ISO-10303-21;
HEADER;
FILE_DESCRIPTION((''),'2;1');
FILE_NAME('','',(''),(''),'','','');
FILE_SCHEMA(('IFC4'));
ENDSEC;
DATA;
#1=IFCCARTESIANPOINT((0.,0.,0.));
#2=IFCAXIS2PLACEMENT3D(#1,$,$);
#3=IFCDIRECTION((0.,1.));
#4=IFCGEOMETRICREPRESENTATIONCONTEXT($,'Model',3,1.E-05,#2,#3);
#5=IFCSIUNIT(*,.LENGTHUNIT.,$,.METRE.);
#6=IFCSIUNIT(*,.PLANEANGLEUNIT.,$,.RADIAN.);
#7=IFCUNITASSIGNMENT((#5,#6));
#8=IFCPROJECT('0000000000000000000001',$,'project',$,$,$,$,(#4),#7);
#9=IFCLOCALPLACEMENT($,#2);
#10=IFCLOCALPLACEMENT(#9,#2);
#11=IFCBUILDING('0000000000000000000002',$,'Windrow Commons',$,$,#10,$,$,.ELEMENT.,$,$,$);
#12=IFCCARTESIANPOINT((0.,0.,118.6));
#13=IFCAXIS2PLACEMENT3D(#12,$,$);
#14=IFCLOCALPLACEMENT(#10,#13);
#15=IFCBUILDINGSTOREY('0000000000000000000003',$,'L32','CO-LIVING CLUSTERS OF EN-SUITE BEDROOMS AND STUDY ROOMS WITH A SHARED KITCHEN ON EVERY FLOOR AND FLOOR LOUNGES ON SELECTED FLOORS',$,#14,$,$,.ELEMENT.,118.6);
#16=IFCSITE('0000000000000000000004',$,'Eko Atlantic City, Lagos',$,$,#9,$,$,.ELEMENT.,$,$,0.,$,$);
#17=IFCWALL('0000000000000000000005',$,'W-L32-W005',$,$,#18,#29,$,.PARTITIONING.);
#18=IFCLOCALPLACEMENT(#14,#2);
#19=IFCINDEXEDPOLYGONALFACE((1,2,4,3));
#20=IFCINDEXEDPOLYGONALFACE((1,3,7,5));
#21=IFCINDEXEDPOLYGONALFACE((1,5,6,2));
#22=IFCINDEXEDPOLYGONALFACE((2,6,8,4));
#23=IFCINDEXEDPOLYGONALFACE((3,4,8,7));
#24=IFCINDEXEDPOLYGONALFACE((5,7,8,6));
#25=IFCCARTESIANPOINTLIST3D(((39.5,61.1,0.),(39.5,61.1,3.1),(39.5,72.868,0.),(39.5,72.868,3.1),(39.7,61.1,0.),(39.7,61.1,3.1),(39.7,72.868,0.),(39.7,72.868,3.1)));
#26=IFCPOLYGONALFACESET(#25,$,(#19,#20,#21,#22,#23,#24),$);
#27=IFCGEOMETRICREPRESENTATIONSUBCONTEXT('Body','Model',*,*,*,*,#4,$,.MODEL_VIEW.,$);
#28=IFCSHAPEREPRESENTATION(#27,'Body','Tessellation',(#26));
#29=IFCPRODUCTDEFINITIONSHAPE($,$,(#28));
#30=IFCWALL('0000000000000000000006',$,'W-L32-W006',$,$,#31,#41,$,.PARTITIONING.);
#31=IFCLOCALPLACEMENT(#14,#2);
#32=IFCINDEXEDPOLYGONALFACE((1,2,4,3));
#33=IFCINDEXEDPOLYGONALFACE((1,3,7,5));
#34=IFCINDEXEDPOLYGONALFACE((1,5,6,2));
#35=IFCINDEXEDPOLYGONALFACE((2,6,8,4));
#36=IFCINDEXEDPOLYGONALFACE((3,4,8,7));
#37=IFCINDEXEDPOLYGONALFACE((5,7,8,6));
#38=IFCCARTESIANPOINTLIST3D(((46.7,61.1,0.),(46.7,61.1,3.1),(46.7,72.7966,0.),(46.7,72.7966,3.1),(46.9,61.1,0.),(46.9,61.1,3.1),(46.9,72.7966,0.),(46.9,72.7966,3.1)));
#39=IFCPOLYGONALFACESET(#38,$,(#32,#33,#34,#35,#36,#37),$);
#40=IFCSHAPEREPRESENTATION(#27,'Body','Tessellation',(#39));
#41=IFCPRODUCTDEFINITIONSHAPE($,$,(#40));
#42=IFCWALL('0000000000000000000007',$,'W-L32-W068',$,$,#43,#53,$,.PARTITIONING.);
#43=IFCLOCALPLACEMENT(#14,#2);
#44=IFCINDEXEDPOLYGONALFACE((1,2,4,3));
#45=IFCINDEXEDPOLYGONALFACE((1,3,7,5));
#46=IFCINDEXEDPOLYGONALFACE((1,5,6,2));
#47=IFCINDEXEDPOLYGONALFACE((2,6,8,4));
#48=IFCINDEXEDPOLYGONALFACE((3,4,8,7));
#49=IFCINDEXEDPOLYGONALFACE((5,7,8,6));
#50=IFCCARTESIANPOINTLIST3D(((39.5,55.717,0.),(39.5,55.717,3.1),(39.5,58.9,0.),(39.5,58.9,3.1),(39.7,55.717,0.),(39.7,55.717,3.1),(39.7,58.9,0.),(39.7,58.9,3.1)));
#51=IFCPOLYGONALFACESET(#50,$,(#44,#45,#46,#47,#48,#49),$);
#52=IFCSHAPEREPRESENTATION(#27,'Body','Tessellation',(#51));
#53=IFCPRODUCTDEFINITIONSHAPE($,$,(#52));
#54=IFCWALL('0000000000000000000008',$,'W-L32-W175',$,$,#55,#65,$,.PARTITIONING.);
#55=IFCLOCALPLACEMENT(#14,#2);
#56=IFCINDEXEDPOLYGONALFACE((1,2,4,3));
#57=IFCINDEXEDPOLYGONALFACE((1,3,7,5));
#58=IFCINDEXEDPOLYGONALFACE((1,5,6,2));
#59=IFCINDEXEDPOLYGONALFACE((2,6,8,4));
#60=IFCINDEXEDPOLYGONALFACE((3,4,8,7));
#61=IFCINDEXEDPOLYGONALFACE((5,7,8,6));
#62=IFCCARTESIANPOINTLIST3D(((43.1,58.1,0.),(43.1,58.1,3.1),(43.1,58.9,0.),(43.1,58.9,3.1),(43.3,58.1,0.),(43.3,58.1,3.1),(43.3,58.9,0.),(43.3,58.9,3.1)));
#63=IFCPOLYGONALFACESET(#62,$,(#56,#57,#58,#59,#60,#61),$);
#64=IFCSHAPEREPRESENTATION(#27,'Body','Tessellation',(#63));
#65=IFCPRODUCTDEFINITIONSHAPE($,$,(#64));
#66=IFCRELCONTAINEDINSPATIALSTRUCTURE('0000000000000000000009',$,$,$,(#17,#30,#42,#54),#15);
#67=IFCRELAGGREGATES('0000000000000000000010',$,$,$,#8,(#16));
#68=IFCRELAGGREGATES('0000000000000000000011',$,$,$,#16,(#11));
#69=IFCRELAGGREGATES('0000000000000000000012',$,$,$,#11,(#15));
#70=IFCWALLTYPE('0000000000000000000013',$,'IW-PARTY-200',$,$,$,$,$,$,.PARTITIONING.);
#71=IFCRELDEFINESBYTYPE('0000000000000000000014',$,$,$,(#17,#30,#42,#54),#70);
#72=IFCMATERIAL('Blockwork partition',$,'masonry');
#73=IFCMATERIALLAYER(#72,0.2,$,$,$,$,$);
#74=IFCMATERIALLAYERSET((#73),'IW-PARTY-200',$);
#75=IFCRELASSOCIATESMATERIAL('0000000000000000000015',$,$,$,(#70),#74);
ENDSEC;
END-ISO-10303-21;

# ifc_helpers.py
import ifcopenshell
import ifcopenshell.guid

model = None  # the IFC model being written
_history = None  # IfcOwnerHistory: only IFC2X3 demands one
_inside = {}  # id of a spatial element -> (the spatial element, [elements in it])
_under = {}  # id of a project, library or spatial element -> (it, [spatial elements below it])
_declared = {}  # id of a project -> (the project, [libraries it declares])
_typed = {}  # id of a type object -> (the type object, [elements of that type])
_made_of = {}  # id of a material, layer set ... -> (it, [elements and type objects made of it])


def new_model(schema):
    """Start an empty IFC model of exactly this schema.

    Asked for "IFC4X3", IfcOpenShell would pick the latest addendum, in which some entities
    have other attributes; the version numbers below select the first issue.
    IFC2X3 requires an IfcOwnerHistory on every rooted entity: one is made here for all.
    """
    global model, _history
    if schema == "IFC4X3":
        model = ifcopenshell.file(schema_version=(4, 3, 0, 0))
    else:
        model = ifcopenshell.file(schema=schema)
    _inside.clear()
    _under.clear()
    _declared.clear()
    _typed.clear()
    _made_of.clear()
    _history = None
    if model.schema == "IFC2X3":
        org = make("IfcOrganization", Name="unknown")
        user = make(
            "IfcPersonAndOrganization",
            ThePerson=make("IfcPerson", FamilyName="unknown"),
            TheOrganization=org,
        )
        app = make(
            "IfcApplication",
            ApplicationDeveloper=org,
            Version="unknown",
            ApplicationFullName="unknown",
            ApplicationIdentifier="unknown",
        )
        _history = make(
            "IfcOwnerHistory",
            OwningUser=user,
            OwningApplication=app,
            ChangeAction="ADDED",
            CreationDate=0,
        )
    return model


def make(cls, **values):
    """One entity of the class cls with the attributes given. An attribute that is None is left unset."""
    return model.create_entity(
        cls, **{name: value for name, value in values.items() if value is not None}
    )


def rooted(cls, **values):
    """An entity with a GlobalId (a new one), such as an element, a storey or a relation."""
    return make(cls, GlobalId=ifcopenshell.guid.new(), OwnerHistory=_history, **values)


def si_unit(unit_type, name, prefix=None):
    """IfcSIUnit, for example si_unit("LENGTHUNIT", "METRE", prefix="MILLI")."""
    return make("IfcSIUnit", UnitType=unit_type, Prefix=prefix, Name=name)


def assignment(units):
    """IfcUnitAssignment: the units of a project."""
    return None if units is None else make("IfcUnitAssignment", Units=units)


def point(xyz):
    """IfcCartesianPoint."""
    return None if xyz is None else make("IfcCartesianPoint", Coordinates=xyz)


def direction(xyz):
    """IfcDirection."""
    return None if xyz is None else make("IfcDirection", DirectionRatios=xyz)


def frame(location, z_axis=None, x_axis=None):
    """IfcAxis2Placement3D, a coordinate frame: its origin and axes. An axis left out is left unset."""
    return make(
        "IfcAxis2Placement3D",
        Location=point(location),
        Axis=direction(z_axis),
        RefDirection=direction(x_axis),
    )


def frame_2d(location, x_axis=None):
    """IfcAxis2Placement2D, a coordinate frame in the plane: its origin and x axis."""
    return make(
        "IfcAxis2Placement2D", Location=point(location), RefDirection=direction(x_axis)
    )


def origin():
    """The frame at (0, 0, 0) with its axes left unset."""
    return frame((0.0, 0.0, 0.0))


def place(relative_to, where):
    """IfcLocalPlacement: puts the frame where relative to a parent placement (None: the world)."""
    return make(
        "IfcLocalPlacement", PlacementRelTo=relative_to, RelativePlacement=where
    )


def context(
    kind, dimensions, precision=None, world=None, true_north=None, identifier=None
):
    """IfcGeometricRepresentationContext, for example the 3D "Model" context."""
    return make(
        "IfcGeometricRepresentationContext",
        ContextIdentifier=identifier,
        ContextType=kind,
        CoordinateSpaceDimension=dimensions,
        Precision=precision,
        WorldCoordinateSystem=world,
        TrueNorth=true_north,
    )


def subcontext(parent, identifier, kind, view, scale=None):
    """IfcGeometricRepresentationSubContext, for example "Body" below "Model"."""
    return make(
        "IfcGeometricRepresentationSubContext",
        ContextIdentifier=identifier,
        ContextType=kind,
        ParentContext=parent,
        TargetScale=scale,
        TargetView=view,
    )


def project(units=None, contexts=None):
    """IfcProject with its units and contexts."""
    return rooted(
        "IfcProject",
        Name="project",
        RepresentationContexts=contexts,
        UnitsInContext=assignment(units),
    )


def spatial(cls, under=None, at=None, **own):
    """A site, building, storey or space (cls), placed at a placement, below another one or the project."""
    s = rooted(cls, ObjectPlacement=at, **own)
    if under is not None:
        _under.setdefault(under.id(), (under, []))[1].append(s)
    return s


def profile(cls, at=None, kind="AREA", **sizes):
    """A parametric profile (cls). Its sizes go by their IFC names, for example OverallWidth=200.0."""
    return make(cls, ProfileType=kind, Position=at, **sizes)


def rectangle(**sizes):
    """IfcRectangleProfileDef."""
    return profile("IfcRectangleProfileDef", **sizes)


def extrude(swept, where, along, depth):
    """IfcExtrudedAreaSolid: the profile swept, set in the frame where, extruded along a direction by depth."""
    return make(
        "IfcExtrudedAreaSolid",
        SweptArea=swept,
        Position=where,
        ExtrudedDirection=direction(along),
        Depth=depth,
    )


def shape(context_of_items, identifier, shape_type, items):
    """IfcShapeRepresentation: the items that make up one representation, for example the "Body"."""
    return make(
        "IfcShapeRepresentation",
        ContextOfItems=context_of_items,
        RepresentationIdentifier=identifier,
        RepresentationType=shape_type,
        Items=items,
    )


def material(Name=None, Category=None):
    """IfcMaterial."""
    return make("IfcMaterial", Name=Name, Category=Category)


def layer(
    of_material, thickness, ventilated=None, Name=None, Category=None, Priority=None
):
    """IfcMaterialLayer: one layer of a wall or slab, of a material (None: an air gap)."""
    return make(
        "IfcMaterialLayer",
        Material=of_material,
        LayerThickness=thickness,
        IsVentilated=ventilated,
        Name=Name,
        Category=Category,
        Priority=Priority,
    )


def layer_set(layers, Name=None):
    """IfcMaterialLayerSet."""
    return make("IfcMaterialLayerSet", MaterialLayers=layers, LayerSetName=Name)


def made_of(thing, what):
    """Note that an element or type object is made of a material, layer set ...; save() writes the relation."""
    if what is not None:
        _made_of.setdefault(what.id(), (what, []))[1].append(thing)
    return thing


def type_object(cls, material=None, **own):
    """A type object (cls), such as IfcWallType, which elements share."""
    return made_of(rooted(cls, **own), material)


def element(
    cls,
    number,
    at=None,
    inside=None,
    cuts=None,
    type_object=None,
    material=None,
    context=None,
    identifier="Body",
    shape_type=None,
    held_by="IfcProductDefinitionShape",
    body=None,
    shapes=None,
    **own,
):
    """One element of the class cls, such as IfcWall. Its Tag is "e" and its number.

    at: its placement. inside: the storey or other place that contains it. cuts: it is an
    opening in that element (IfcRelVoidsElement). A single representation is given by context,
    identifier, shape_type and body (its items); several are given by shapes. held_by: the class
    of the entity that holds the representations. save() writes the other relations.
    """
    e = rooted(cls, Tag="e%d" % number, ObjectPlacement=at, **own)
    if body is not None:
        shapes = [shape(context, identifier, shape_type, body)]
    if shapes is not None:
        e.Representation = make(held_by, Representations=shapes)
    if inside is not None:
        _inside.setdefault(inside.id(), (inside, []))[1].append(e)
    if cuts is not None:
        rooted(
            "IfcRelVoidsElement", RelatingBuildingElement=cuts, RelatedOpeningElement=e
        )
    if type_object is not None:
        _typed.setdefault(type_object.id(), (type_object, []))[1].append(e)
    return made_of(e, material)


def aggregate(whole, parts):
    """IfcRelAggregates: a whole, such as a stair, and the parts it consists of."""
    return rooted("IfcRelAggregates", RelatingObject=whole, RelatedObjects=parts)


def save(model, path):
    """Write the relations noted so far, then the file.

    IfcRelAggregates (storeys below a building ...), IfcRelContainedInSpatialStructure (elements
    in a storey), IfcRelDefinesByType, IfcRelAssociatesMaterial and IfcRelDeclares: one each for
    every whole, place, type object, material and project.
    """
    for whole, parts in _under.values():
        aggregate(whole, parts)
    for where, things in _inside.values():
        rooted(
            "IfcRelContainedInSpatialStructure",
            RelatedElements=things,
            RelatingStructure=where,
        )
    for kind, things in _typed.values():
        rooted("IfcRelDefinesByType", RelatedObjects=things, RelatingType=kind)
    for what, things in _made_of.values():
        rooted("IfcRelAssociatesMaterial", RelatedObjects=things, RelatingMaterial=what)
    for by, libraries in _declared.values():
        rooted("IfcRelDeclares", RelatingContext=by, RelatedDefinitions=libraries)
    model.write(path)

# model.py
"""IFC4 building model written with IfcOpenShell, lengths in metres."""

from ifc_helpers import new_model, si_unit, direction, frame, frame_2d, origin, place, context, subcontext, project, spatial, rectangle, extrude, material, layer, layer_set, type_object, element, save


model = new_model("IFC4")

# Units and contexts
model_context = context("Model", 3, precision=1e-05, world=origin(), true_north=direction((0.0, 1.0)))
body_context = subcontext(model_context, "Body", "Model", "MODEL_VIEW")
ifc_project = project(units=[si_unit("LENGTHUNIT", "METRE"), si_unit("PLANEANGLEUNIT", "RADIAN")], contexts=[model_context])

# Site, building, storey
site_placement = place(None, origin())
site = spatial("IfcSite", under=ifc_project, at=site_placement, Name="Eko Atlantic City, Lagos", CompositionType="ELEMENT", RefElevation=0.0)
building_placement = place(site_placement, origin())
building = spatial("IfcBuilding", under=site, at=building_placement, Name="Windrow Commons", CompositionType="ELEMENT")
storey_placement = place(building_placement, frame((0.0, 0.0, 118.6)))
storey = spatial("IfcBuildingStorey", under=building, at=storey_placement, Name="L32", Description="CO-LIVING CLUSTERS OF EN-SUITE BEDROOMS AND STUDY ROOMS WITH A SHARED KITCHEN ON EVERY FLOOR AND FLOOR LOUNGES ON SELECTED FLOORS", CompositionType="ELEMENT", Elevation=118.6)

# Walls
ifc_material_1 = material(Name="Blockwork partition", Category="masonry")
ifc_layer_1 = layer(ifc_material_1, 0.2)
ifc_layer_set_1 = layer_set([ifc_layer_1], Name="IW-PARTY-200")
wall_type_1 = type_object("IfcWallType", Name="IW-PARTY-200", PredefinedType="PARTITIONING", material=ifc_layer_set_1)
wall_1_placement = place(storey_placement, frame((39.6, 61.1, 0.0), z_axis=(0.0, 0.0, 1.0), x_axis=(0.0, 1.0, 0.0)))
element("IfcWall", 1, at=wall_1_placement, inside=storey, type_object=wall_type_1, Name="W-L32-W005", PredefinedType="PARTITIONING", context=body_context, shape_type="SweptSolid", body=[
    extrude(rectangle(XDim=11.768, YDim=0.2, at=frame_2d((5.884, 0.0))), origin(), (0.0, 0.0, 1.0), 3.1),
])
wall_2_placement = place(storey_placement, frame((46.8, 61.1, 0.0), z_axis=(0.0, 0.0, 1.0), x_axis=(0.0, 1.0, 0.0)))
element("IfcWall", 2, at=wall_2_placement, inside=storey, type_object=wall_type_1, Name="W-L32-W006", PredefinedType="PARTITIONING", context=body_context, shape_type="SweptSolid", body=[
    extrude(rectangle(XDim=11.6967, YDim=0.2, at=frame_2d((5.8483, 0.0))), origin(), (0.0, 0.0, 1.0), 3.1),
])
wall_3_placement = place(storey_placement, frame((39.6, 55.717, 0.0), z_axis=(0.0, 0.0, 1.0), x_axis=(0.0, 1.0, 0.0)))
element("IfcWall", 3, at=wall_3_placement, inside=storey, type_object=wall_type_1, Name="W-L32-W068", PredefinedType="PARTITIONING", context=body_context, shape_type="SweptSolid", body=[
    extrude(rectangle(XDim=3.183, YDim=0.2, at=frame_2d((1.5915, 0.0))), origin(), (0.0, 0.0, 1.0), 3.1),
])
wall_4_placement = place(storey_placement, frame((43.2, 58.1, 0.0), z_axis=(0.0, 0.0, 1.0), x_axis=(0.0, 1.0, 0.0)))
element("IfcWall", 4, at=wall_4_placement, inside=storey, type_object=wall_type_1, Name="W-L32-W175", PredefinedType="PARTITIONING", context=body_context, shape_type="SweptSolid", body=[
    extrude(rectangle(XDim=0.8, YDim=0.2, at=frame_2d((0.4, 0.0))), origin(), (0.0, 0.0, 1.0), 3.1),
])

save(model, "model.ifc")
